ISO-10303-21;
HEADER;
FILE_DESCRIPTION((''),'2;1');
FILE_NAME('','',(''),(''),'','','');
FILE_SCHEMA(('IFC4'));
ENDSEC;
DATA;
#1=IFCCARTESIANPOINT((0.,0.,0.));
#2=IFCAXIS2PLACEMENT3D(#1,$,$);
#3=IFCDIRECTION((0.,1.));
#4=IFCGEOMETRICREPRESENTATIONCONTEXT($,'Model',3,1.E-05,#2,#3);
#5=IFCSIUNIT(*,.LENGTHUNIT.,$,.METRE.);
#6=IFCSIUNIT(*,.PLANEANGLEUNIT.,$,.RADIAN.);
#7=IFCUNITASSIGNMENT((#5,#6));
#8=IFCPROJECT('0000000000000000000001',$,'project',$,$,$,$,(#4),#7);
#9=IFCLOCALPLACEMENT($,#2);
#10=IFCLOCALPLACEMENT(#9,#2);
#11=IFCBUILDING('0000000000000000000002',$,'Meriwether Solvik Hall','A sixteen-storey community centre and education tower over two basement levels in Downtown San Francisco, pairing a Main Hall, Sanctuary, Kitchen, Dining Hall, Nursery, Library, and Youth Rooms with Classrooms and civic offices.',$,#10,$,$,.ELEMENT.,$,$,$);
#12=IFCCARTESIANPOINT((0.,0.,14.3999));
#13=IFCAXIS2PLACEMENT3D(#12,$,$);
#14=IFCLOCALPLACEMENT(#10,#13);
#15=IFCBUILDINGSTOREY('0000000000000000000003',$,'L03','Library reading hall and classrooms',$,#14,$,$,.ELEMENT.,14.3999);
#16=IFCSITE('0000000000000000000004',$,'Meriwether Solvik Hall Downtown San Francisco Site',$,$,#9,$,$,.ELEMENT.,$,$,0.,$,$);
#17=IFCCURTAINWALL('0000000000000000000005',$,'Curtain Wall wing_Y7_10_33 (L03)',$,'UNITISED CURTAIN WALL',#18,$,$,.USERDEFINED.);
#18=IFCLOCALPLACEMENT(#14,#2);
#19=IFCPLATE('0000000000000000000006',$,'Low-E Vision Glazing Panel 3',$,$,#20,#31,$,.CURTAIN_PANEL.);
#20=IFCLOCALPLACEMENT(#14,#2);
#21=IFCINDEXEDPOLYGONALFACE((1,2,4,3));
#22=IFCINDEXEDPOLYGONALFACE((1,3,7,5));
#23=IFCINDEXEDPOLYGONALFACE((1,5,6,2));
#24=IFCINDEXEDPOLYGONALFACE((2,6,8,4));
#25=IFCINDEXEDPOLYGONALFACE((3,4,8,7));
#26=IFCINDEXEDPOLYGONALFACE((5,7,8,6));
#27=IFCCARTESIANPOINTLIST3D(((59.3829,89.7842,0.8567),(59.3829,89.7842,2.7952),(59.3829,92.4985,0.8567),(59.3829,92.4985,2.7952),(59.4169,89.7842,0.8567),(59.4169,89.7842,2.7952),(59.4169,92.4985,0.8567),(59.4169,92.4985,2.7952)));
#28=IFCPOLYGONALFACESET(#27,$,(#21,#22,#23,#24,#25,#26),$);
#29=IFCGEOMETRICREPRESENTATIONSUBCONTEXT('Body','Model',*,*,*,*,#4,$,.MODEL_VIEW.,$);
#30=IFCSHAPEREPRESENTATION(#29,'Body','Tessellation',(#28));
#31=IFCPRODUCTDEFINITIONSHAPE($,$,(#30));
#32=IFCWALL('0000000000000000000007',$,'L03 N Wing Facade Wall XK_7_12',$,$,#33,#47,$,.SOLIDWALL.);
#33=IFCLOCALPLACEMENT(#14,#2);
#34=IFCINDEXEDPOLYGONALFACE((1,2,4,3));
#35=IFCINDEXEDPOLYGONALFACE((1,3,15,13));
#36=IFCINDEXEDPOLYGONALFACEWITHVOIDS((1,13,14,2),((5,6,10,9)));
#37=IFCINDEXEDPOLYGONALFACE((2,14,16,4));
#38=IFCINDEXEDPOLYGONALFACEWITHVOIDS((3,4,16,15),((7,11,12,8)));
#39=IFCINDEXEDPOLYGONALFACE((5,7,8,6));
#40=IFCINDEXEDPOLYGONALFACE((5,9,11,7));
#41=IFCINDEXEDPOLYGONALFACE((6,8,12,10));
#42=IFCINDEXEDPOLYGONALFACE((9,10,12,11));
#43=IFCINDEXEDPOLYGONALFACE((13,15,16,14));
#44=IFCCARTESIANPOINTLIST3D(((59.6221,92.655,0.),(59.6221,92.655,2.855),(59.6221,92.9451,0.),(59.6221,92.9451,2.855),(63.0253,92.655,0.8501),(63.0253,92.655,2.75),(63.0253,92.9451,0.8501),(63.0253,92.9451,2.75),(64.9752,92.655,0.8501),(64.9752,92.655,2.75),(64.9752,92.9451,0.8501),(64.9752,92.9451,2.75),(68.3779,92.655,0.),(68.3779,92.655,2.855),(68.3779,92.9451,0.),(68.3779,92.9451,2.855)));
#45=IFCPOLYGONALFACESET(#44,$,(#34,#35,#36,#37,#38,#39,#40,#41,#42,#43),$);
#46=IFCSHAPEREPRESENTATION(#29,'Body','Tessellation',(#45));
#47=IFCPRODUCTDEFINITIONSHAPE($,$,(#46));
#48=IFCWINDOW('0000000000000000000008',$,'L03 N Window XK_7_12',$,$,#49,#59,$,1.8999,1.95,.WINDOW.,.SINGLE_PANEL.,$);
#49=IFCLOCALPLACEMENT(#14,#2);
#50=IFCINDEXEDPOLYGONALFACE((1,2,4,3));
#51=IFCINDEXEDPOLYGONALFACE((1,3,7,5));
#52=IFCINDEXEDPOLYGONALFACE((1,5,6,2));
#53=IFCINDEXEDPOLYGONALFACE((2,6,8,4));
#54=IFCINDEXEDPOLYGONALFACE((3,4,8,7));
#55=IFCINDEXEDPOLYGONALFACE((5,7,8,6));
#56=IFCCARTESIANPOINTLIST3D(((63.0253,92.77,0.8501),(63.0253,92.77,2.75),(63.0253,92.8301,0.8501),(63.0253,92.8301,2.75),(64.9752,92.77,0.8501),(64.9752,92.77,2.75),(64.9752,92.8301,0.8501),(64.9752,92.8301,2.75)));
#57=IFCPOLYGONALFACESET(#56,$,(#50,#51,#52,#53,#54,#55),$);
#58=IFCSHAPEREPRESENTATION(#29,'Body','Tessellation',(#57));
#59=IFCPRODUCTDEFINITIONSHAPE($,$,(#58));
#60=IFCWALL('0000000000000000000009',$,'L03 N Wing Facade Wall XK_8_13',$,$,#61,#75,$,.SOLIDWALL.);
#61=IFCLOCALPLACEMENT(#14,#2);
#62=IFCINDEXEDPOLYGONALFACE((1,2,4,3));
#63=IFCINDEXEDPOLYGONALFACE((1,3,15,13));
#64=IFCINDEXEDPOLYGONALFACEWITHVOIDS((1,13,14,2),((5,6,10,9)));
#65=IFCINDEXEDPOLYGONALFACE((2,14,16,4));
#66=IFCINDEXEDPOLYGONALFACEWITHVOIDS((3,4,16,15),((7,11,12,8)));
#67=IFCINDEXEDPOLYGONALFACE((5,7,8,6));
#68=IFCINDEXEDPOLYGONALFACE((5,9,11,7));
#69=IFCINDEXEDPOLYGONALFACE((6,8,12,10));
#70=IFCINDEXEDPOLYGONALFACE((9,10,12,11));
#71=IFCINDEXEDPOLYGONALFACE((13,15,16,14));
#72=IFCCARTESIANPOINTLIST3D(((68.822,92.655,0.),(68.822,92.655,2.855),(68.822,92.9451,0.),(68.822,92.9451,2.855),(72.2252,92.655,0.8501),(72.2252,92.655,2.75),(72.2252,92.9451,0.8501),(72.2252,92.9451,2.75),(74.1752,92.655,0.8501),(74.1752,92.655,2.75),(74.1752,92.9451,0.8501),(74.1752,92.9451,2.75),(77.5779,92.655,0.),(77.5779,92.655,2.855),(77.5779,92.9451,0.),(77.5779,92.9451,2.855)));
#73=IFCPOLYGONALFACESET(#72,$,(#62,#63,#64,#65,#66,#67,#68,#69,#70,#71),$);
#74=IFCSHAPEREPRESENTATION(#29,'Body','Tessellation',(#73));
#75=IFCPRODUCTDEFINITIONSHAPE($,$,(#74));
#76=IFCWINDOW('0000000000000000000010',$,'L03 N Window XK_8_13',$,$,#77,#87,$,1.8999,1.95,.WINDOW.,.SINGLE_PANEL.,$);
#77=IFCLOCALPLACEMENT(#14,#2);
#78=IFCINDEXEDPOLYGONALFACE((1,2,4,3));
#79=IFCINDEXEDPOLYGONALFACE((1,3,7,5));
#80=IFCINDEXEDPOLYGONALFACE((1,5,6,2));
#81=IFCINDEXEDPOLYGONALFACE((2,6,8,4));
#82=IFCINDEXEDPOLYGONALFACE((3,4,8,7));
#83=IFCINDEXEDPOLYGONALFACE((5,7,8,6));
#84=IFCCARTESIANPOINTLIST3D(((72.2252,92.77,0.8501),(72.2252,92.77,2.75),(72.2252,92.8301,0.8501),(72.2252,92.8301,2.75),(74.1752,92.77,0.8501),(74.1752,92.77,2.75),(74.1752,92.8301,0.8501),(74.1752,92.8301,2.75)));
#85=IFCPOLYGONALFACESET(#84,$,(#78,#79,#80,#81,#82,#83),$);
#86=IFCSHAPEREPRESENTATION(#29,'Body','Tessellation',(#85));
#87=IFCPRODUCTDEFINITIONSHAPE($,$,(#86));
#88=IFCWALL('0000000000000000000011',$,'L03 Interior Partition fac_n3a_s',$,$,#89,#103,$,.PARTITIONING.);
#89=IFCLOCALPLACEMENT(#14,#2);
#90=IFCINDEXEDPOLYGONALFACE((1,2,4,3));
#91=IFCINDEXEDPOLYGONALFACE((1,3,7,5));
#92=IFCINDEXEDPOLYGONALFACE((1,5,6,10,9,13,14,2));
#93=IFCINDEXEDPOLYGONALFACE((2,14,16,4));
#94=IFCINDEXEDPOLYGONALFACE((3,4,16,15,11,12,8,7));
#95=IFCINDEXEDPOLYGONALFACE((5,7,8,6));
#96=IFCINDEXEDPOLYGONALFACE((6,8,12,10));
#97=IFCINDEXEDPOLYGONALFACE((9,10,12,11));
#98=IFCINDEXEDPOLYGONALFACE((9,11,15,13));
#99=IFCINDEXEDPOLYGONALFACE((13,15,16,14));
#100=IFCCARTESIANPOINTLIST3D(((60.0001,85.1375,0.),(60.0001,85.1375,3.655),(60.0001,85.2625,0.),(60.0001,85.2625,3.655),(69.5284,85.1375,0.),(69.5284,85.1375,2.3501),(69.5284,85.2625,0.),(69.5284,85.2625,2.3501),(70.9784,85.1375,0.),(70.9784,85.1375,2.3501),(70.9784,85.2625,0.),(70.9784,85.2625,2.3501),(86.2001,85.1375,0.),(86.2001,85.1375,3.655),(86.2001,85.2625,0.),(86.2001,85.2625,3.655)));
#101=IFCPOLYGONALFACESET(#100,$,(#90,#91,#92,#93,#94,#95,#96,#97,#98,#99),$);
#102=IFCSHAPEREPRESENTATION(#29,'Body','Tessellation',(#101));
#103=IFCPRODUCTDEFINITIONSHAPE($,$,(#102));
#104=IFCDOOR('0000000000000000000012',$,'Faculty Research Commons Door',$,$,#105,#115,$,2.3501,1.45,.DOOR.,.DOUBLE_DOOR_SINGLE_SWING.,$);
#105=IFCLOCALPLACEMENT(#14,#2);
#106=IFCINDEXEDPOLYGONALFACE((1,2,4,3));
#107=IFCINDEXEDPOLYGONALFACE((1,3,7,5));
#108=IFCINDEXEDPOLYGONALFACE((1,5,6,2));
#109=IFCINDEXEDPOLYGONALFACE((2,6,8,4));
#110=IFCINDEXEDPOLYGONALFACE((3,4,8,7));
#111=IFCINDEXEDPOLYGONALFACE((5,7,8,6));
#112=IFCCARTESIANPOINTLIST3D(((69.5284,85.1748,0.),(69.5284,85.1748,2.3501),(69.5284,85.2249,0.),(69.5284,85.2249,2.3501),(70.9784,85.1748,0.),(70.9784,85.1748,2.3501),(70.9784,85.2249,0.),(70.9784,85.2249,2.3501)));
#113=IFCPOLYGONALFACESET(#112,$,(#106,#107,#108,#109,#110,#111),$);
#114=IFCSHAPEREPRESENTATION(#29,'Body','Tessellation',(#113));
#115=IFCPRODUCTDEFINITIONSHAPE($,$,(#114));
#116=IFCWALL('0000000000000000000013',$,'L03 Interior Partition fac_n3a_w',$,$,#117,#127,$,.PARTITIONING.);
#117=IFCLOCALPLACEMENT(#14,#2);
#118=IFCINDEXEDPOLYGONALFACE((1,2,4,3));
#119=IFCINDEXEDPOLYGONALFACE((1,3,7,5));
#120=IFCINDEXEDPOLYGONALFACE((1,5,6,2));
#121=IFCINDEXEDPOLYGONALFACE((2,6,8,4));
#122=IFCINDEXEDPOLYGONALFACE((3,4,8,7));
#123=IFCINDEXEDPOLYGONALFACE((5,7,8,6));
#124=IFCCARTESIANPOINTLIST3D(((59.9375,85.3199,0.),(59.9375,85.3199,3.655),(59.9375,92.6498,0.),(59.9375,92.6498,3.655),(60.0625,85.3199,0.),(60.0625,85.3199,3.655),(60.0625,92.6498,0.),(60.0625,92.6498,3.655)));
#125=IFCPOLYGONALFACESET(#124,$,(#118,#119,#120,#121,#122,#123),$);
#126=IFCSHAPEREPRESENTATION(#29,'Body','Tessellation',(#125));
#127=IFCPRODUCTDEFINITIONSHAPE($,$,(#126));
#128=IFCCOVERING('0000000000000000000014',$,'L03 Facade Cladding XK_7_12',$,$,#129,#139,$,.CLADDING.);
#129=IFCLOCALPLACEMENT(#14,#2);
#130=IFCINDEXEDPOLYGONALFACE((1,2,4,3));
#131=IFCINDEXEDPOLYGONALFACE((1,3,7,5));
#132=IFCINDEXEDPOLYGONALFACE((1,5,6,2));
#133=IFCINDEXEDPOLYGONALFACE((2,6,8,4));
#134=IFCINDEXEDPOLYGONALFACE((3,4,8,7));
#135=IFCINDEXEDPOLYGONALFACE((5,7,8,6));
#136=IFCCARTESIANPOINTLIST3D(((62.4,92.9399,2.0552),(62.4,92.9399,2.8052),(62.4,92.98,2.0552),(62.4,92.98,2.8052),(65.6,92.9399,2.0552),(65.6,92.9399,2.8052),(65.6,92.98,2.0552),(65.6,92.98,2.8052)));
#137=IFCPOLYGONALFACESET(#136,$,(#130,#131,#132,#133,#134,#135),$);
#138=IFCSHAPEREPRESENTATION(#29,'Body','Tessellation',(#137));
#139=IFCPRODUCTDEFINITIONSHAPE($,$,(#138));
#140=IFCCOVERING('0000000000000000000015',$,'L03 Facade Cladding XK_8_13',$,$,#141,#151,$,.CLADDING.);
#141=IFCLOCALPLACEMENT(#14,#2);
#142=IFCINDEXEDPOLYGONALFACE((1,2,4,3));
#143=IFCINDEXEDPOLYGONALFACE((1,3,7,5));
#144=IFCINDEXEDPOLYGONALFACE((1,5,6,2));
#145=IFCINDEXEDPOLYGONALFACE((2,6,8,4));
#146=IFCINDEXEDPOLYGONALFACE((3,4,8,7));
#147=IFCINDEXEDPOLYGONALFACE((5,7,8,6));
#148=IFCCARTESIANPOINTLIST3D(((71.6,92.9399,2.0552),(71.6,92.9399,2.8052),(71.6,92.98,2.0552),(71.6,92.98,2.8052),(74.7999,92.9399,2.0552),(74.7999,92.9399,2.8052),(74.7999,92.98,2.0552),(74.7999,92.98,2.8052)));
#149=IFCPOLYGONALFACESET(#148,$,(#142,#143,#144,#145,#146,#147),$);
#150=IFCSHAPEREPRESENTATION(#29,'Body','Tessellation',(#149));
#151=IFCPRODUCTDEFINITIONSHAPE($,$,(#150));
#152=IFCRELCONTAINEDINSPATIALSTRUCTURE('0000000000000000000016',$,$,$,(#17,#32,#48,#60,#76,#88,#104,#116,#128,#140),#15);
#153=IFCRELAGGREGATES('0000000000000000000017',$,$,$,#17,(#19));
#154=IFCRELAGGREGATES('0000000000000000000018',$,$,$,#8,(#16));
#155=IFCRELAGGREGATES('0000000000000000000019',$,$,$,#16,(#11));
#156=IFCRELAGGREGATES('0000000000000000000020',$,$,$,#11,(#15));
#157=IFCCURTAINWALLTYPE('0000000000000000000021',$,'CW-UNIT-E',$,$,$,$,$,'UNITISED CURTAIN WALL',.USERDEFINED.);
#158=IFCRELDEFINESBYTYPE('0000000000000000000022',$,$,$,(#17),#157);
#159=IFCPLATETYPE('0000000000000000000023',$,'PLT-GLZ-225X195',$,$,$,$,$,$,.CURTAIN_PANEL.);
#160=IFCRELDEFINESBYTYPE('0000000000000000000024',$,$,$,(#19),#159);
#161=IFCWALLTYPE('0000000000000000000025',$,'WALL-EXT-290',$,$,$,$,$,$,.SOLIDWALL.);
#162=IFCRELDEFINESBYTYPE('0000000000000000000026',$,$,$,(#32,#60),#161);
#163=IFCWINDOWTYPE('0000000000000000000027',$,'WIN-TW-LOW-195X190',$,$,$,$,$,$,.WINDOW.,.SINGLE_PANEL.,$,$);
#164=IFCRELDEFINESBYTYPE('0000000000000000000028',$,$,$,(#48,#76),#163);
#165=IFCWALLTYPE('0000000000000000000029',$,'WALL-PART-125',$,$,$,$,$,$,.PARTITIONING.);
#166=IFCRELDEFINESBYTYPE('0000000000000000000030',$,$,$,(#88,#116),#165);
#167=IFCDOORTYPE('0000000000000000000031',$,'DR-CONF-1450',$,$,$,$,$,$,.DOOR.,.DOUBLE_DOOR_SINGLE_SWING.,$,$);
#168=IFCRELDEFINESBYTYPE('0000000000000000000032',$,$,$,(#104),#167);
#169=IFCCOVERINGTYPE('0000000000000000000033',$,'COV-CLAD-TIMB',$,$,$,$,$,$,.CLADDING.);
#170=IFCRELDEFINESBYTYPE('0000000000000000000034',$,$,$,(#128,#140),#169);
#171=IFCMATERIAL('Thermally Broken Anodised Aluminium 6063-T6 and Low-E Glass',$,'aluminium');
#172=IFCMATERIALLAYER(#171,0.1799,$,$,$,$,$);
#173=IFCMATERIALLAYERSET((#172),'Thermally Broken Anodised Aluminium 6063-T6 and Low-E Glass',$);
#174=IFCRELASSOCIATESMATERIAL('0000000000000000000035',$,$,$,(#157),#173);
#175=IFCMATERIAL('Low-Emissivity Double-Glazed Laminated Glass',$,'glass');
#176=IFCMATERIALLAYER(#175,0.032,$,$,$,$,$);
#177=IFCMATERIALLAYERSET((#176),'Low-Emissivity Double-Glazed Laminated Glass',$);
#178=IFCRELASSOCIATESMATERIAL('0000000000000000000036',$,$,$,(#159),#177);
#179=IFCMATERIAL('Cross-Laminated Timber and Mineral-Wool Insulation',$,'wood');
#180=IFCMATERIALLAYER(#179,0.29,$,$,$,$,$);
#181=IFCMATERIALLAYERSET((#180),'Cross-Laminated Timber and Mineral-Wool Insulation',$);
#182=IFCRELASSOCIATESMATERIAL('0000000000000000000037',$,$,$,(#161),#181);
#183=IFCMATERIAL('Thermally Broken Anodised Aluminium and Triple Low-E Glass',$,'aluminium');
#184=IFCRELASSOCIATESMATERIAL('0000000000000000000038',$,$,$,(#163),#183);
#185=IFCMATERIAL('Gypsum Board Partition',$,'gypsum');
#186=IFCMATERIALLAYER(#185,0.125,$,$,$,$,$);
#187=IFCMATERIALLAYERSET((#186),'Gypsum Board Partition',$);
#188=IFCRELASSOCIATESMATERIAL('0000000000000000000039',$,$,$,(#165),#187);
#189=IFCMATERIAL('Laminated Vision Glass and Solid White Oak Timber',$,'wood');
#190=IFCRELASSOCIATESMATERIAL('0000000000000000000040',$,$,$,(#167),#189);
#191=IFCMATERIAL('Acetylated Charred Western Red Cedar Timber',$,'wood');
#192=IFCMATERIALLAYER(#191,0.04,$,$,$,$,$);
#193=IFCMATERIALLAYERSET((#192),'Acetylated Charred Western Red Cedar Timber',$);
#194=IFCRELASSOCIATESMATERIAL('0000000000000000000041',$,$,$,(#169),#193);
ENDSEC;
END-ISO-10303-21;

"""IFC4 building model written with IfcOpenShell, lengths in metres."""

from ifc_helpers import new_model, si_unit, direction, frame, frame_2d, origin, origin_2d, place, context, subcontext, project, spatial, rectangle, extrude, material, layer, layer_set, type_object, element, fill, aggregate, save


model = new_model("IFC4")

# Units and contexts
model_context = context("Model", 3, precision=1e-05, world=origin(), true_north=direction((0.0, 1.0)))
body_context = subcontext(model_context, "Body", "Model", "MODEL_VIEW")
ifc_project = project(units=[si_unit("LENGTHUNIT", "METRE"), si_unit("PLANEANGLEUNIT", "RADIAN")], contexts=[model_context])

# Site, building, storey
site_placement = place(None, origin())
site = spatial("IfcSite", under=ifc_project, at=site_placement, Name="Meriwether Solvik Hall Downtown San Francisco Site", CompositionType="ELEMENT", RefElevation=0.0)
building_placement = place(site_placement, origin())
building = spatial("IfcBuilding", under=site, at=building_placement, Name="Meriwether Solvik Hall", Description="A sixteen-storey community centre and education tower over two basement levels in Downtown San Francisco, pairing a Main Hall, Sanctuary, Kitchen, Dining Hall, Nursery, Library, and Youth Rooms with Classrooms and civic offices.", CompositionType="ELEMENT")
storey_placement = place(building_placement, frame((0.0, 0.0, 14.3999)))
storey = spatial("IfcBuildingStorey", under=building, at=storey_placement, Name="L03", Description="Library reading hall and classrooms", CompositionType="ELEMENT", Elevation=14.3999)

# Curtain wall, plate
ifc_material_1 = material(Name="Thermally Broken Anodised Aluminium 6063-T6 and Low-E Glass", Category="aluminium")
ifc_layer_1 = layer(ifc_material_1, 0.1799)
ifc_layer_set_1 = layer_set([ifc_layer_1], Name="Thermally Broken Anodised Aluminium 6063-T6 and Low-E Glass")
curtain_wall_type = type_object("IfcCurtainWallType", Name="CW-UNIT-E", ElementType="UNITISED CURTAIN WALL", PredefinedType="USERDEFINED", material=ifc_layer_set_1)
curtain_wall_placement = place(storey_placement, origin())
curtain_wall = element("IfcCurtainWall", 1, at=curtain_wall_placement, inside=storey, type_object=curtain_wall_type, Name="Curtain Wall wing_Y7_10_33 (L03)", ObjectType="UNITISED CURTAIN WALL", PredefinedType="USERDEFINED")
ifc_material_2 = material(Name="Low-Emissivity Double-Glazed Laminated Glass", Category="glass")
ifc_layer_2 = layer(ifc_material_2, 0.032)
ifc_layer_set_2 = layer_set([ifc_layer_2], Name="Low-Emissivity Double-Glazed Laminated Glass")
plate_type = type_object("IfcPlateType", Name="PLT-GLZ-225X195", PredefinedType="CURTAIN_PANEL", material=ifc_layer_set_2)
plate_placement = place(storey_placement, frame((59.3999, 91.1414, 0.8567), z_axis=(0.0, 0.0, 1.0), x_axis=(0.0, 1.0, 0.0)))
plate = element("IfcPlate", 2, at=plate_placement, type_object=plate_type, Name="Low-E Vision Glazing Panel 3", PredefinedType="CURTAIN_PANEL", context=body_context, shape_type="SweptSolid", body=[
    extrude(rectangle(XDim=2.7144, YDim=0.0339, at=origin_2d()), origin(), (0.0, 0.0, 1.0), 1.9385),
])
aggregate(curtain_wall, [plate])

# Walls, openings, windows
ifc_material_3 = material(Name="Cross-Laminated Timber and Mineral-Wool Insulation", Category="wood")
ifc_layer_3 = layer(ifc_material_3, 0.29)
ifc_layer_set_3 = layer_set([ifc_layer_3], Name="Cross-Laminated Timber and Mineral-Wool Insulation")
wall_type_1 = type_object("IfcWallType", Name="WALL-EXT-290", PredefinedType="SOLIDWALL", material=ifc_layer_set_3)
wall_1_placement = place(storey_placement, frame((59.6221, 92.8, 0.0), z_axis=(0.0, 0.0, 1.0), x_axis=(1.0, 0.0, 0.0)))
wall_1 = element("IfcWall", 3, at=wall_1_placement, inside=storey, type_object=wall_type_1, Name="L03 N Wing Facade Wall XK_7_12", PredefinedType="SOLIDWALL", context=body_context, shape_type="SweptSolid", body=[
    extrude(rectangle(XDim=8.7559, YDim=0.29, at=frame_2d((4.3779, 0.0))), origin(), (0.0, 0.0, 1.0), 2.855),
])
opening_1_placement = place(wall_1_placement, frame((3.4031, 0.0, 0.8501)))
opening_1 = element("IfcOpeningElement", 4, at=opening_1_placement, cuts=wall_1, PredefinedType="OPENING", context=body_context, shape_type="SweptSolid", body=[
    extrude(rectangle(XDim=1.95, YDim=1.8999, at=frame_2d((0.9751, 0.95))), frame((0.0, 0.157, 0.0), z_axis=(0.0, -1.0, 0.0), x_axis=(1.0, 0.0, 0.0)), (0.0, 0.0, 1.0), 0.314),
])
ifc_material_4 = material(Name="Thermally Broken Anodised Aluminium and Triple Low-E Glass", Category="aluminium")
window_type = type_object("IfcWindowType", Name="WIN-TW-LOW-195X190", PartitioningType="SINGLE_PANEL", PredefinedType="WINDOW", material=ifc_material_4)
window_1_placement = place(opening_1_placement, origin())
window_1 = element("IfcWindow", 5, at=window_1_placement, inside=storey, type_object=window_type, Name="L03 N Window XK_7_12", OverallHeight=1.8999, OverallWidth=1.95, PartitioningType="SINGLE_PANEL", PredefinedType="WINDOW", context=body_context, shape_type="SweptSolid", body=[
    extrude(rectangle(XDim=1.95, YDim=1.8999, at=frame_2d((0.9751, 0.95))), frame((0.0, 0.03, 0.0), z_axis=(0.0, -1.0, 0.0), x_axis=(1.0, 0.0, 0.0)), (0.0, 0.0, 1.0), 0.0601),
])
fill(opening_1, window_1)
wall_2_placement = place(storey_placement, frame((68.822, 92.8, 0.0), z_axis=(0.0, 0.0, 1.0), x_axis=(1.0, 0.0, 0.0)))
wall_2 = element("IfcWall", 6, at=wall_2_placement, inside=storey, type_object=wall_type_1, Name="L03 N Wing Facade Wall XK_8_13", PredefinedType="SOLIDWALL", context=body_context, shape_type="SweptSolid", body=[
    extrude(rectangle(XDim=8.7559, YDim=0.29, at=frame_2d((4.3779, 0.0))), origin(), (0.0, 0.0, 1.0), 2.855),
])
opening_2_placement = place(wall_2_placement, frame((3.4031, 0.0, 0.8501)))
opening_2 = element("IfcOpeningElement", 7, at=opening_2_placement, cuts=wall_2, PredefinedType="OPENING", context=body_context, shape_type="SweptSolid", body=[
    extrude(rectangle(XDim=1.95, YDim=1.8999, at=frame_2d((0.9751, 0.95))), frame((0.0, 0.157, 0.0), z_axis=(0.0, -1.0, 0.0), x_axis=(1.0, 0.0, 0.0)), (0.0, 0.0, 1.0), 0.314),
])
window_2_placement = place(opening_2_placement, origin())
window_2 = element("IfcWindow", 8, at=window_2_placement, inside=storey, type_object=window_type, Name="L03 N Window XK_8_13", OverallHeight=1.8999, OverallWidth=1.95, PartitioningType="SINGLE_PANEL", PredefinedType="WINDOW", context=body_context, shape_type="SweptSolid", body=[
    extrude(rectangle(XDim=1.95, YDim=1.8999, at=frame_2d((0.9751, 0.95))), frame((0.0, 0.03, 0.0), z_axis=(0.0, -1.0, 0.0), x_axis=(1.0, 0.0, 0.0)), (0.0, 0.0, 1.0), 0.0601),
])
fill(opening_2, window_2)

# Wall, opening, door
ifc_material_5 = material(Name="Gypsum Board Partition", Category="gypsum")
ifc_layer_4 = layer(ifc_material_5, 0.125)
ifc_layer_set_4 = layer_set([ifc_layer_4], Name="Gypsum Board Partition")
wall_type_2 = type_object("IfcWallType", Name="WALL-PART-125", PredefinedType="PARTITIONING", material=ifc_layer_set_4)
wall_3_placement = place(storey_placement, frame((60.0, 85.2, 0.0), z_axis=(0.0, 0.0, 1.0), x_axis=(1.0, 0.0, 0.0)))
wall_3 = element("IfcWall", 9, at=wall_3_placement, inside=storey, type_object=wall_type_2, Name="L03 Interior Partition fac_n3a_s", PredefinedType="PARTITIONING", context=body_context, shape_type="SweptSolid", body=[
    extrude(rectangle(XDim=26.2, YDim=0.125, at=frame_2d((13.1001, 0.0))), origin(), (0.0, 0.0, 1.0), 3.655),
])
opening_3_placement = place(wall_3_placement, frame((9.5283, 0.0, 0.0)))
opening_3 = element("IfcOpeningElement", 10, at=opening_3_placement, cuts=wall_3, PredefinedType="OPENING", context=body_context, shape_type="SweptSolid", body=[
    extrude(rectangle(XDim=1.45, YDim=2.3501, at=frame_2d((0.7251, 1.175))), frame((0.0, 0.0745, 0.0), z_axis=(0.0, -1.0, 0.0), x_axis=(1.0, 0.0, 0.0)), (0.0, 0.0, 1.0), 0.1489),
])
ifc_material_6 = material(Name="Laminated Vision Glass and Solid White Oak Timber", Category="wood")
door_type = type_object("IfcDoorType", Name="DR-CONF-1450", OperationType="DOUBLE_DOOR_SINGLE_SWING", PredefinedType="DOOR", material=ifc_material_6)
door_placement = place(opening_3_placement, origin())
door = element("IfcDoor", 11, at=door_placement, inside=storey, type_object=door_type, Name="Faculty Research Commons Door", OperationType="DOUBLE_DOOR_SINGLE_SWING", OverallHeight=2.3501, OverallWidth=1.45, PredefinedType="DOOR", context=body_context, shape_type="SweptSolid", body=[
    extrude(rectangle(XDim=1.45, YDim=2.3501, at=frame_2d((0.7251, 1.175))), frame((0.0, 0.0249, 0.0), z_axis=(0.0, -1.0, 0.0), x_axis=(1.0, 0.0, 0.0)), (0.0, 0.0, 1.0), 0.05),
])
fill(opening_3, door)

# Wall
wall_4_placement = place(storey_placement, frame((60.0, 92.6499, 0.0), z_axis=(0.0, 0.0, 1.0), x_axis=(0.0, -1.0, 0.0)))
element("IfcWall", 12, at=wall_4_placement, inside=storey, type_object=wall_type_2, Name="L03 Interior Partition fac_n3a_w", PredefinedType="PARTITIONING", context=body_context, shape_type="SweptSolid", body=[
    extrude(rectangle(XDim=7.3298, YDim=0.125, at=frame_2d((3.665, 0.0))), origin(), (0.0, 0.0, 1.0), 3.655),
])

# Coverings
ifc_material_7 = material(Name="Acetylated Charred Western Red Cedar Timber", Category="wood")
ifc_layer_5 = layer(ifc_material_7, 0.04)
ifc_layer_set_5 = layer_set([ifc_layer_5], Name="Acetylated Charred Western Red Cedar Timber")
covering_type = type_object("IfcCoveringType", Name="COV-CLAD-TIMB", PredefinedType="CLADDING", material=ifc_layer_set_5)
for number, where, z_axis, x_axis, name in (
    (13, (64.0, 92.96, 2.0552), (0.0, 0.0, 1.0), (1.0, 0.0, 0.0), "L03 Facade Cladding XK_7_12"),
    (14, (73.2, 92.96, 2.0552), (0.0, 0.0, 1.0), (1.0, 0.0, 0.0), "L03 Facade Cladding XK_8_13"),
):
    element("IfcCovering", number, at=place(storey_placement, frame(where, z_axis=z_axis, x_axis=x_axis)), inside=storey, type_object=covering_type, Name=name, PredefinedType="CLADDING", context=body_context, shape_type="SweptSolid", body=[
        extrude(rectangle(XDim=3.2, YDim=0.04, at=origin_2d()), origin(), (0.0, 0.0, 1.0), 0.75),
    ])

save(model, "model.ifc")
